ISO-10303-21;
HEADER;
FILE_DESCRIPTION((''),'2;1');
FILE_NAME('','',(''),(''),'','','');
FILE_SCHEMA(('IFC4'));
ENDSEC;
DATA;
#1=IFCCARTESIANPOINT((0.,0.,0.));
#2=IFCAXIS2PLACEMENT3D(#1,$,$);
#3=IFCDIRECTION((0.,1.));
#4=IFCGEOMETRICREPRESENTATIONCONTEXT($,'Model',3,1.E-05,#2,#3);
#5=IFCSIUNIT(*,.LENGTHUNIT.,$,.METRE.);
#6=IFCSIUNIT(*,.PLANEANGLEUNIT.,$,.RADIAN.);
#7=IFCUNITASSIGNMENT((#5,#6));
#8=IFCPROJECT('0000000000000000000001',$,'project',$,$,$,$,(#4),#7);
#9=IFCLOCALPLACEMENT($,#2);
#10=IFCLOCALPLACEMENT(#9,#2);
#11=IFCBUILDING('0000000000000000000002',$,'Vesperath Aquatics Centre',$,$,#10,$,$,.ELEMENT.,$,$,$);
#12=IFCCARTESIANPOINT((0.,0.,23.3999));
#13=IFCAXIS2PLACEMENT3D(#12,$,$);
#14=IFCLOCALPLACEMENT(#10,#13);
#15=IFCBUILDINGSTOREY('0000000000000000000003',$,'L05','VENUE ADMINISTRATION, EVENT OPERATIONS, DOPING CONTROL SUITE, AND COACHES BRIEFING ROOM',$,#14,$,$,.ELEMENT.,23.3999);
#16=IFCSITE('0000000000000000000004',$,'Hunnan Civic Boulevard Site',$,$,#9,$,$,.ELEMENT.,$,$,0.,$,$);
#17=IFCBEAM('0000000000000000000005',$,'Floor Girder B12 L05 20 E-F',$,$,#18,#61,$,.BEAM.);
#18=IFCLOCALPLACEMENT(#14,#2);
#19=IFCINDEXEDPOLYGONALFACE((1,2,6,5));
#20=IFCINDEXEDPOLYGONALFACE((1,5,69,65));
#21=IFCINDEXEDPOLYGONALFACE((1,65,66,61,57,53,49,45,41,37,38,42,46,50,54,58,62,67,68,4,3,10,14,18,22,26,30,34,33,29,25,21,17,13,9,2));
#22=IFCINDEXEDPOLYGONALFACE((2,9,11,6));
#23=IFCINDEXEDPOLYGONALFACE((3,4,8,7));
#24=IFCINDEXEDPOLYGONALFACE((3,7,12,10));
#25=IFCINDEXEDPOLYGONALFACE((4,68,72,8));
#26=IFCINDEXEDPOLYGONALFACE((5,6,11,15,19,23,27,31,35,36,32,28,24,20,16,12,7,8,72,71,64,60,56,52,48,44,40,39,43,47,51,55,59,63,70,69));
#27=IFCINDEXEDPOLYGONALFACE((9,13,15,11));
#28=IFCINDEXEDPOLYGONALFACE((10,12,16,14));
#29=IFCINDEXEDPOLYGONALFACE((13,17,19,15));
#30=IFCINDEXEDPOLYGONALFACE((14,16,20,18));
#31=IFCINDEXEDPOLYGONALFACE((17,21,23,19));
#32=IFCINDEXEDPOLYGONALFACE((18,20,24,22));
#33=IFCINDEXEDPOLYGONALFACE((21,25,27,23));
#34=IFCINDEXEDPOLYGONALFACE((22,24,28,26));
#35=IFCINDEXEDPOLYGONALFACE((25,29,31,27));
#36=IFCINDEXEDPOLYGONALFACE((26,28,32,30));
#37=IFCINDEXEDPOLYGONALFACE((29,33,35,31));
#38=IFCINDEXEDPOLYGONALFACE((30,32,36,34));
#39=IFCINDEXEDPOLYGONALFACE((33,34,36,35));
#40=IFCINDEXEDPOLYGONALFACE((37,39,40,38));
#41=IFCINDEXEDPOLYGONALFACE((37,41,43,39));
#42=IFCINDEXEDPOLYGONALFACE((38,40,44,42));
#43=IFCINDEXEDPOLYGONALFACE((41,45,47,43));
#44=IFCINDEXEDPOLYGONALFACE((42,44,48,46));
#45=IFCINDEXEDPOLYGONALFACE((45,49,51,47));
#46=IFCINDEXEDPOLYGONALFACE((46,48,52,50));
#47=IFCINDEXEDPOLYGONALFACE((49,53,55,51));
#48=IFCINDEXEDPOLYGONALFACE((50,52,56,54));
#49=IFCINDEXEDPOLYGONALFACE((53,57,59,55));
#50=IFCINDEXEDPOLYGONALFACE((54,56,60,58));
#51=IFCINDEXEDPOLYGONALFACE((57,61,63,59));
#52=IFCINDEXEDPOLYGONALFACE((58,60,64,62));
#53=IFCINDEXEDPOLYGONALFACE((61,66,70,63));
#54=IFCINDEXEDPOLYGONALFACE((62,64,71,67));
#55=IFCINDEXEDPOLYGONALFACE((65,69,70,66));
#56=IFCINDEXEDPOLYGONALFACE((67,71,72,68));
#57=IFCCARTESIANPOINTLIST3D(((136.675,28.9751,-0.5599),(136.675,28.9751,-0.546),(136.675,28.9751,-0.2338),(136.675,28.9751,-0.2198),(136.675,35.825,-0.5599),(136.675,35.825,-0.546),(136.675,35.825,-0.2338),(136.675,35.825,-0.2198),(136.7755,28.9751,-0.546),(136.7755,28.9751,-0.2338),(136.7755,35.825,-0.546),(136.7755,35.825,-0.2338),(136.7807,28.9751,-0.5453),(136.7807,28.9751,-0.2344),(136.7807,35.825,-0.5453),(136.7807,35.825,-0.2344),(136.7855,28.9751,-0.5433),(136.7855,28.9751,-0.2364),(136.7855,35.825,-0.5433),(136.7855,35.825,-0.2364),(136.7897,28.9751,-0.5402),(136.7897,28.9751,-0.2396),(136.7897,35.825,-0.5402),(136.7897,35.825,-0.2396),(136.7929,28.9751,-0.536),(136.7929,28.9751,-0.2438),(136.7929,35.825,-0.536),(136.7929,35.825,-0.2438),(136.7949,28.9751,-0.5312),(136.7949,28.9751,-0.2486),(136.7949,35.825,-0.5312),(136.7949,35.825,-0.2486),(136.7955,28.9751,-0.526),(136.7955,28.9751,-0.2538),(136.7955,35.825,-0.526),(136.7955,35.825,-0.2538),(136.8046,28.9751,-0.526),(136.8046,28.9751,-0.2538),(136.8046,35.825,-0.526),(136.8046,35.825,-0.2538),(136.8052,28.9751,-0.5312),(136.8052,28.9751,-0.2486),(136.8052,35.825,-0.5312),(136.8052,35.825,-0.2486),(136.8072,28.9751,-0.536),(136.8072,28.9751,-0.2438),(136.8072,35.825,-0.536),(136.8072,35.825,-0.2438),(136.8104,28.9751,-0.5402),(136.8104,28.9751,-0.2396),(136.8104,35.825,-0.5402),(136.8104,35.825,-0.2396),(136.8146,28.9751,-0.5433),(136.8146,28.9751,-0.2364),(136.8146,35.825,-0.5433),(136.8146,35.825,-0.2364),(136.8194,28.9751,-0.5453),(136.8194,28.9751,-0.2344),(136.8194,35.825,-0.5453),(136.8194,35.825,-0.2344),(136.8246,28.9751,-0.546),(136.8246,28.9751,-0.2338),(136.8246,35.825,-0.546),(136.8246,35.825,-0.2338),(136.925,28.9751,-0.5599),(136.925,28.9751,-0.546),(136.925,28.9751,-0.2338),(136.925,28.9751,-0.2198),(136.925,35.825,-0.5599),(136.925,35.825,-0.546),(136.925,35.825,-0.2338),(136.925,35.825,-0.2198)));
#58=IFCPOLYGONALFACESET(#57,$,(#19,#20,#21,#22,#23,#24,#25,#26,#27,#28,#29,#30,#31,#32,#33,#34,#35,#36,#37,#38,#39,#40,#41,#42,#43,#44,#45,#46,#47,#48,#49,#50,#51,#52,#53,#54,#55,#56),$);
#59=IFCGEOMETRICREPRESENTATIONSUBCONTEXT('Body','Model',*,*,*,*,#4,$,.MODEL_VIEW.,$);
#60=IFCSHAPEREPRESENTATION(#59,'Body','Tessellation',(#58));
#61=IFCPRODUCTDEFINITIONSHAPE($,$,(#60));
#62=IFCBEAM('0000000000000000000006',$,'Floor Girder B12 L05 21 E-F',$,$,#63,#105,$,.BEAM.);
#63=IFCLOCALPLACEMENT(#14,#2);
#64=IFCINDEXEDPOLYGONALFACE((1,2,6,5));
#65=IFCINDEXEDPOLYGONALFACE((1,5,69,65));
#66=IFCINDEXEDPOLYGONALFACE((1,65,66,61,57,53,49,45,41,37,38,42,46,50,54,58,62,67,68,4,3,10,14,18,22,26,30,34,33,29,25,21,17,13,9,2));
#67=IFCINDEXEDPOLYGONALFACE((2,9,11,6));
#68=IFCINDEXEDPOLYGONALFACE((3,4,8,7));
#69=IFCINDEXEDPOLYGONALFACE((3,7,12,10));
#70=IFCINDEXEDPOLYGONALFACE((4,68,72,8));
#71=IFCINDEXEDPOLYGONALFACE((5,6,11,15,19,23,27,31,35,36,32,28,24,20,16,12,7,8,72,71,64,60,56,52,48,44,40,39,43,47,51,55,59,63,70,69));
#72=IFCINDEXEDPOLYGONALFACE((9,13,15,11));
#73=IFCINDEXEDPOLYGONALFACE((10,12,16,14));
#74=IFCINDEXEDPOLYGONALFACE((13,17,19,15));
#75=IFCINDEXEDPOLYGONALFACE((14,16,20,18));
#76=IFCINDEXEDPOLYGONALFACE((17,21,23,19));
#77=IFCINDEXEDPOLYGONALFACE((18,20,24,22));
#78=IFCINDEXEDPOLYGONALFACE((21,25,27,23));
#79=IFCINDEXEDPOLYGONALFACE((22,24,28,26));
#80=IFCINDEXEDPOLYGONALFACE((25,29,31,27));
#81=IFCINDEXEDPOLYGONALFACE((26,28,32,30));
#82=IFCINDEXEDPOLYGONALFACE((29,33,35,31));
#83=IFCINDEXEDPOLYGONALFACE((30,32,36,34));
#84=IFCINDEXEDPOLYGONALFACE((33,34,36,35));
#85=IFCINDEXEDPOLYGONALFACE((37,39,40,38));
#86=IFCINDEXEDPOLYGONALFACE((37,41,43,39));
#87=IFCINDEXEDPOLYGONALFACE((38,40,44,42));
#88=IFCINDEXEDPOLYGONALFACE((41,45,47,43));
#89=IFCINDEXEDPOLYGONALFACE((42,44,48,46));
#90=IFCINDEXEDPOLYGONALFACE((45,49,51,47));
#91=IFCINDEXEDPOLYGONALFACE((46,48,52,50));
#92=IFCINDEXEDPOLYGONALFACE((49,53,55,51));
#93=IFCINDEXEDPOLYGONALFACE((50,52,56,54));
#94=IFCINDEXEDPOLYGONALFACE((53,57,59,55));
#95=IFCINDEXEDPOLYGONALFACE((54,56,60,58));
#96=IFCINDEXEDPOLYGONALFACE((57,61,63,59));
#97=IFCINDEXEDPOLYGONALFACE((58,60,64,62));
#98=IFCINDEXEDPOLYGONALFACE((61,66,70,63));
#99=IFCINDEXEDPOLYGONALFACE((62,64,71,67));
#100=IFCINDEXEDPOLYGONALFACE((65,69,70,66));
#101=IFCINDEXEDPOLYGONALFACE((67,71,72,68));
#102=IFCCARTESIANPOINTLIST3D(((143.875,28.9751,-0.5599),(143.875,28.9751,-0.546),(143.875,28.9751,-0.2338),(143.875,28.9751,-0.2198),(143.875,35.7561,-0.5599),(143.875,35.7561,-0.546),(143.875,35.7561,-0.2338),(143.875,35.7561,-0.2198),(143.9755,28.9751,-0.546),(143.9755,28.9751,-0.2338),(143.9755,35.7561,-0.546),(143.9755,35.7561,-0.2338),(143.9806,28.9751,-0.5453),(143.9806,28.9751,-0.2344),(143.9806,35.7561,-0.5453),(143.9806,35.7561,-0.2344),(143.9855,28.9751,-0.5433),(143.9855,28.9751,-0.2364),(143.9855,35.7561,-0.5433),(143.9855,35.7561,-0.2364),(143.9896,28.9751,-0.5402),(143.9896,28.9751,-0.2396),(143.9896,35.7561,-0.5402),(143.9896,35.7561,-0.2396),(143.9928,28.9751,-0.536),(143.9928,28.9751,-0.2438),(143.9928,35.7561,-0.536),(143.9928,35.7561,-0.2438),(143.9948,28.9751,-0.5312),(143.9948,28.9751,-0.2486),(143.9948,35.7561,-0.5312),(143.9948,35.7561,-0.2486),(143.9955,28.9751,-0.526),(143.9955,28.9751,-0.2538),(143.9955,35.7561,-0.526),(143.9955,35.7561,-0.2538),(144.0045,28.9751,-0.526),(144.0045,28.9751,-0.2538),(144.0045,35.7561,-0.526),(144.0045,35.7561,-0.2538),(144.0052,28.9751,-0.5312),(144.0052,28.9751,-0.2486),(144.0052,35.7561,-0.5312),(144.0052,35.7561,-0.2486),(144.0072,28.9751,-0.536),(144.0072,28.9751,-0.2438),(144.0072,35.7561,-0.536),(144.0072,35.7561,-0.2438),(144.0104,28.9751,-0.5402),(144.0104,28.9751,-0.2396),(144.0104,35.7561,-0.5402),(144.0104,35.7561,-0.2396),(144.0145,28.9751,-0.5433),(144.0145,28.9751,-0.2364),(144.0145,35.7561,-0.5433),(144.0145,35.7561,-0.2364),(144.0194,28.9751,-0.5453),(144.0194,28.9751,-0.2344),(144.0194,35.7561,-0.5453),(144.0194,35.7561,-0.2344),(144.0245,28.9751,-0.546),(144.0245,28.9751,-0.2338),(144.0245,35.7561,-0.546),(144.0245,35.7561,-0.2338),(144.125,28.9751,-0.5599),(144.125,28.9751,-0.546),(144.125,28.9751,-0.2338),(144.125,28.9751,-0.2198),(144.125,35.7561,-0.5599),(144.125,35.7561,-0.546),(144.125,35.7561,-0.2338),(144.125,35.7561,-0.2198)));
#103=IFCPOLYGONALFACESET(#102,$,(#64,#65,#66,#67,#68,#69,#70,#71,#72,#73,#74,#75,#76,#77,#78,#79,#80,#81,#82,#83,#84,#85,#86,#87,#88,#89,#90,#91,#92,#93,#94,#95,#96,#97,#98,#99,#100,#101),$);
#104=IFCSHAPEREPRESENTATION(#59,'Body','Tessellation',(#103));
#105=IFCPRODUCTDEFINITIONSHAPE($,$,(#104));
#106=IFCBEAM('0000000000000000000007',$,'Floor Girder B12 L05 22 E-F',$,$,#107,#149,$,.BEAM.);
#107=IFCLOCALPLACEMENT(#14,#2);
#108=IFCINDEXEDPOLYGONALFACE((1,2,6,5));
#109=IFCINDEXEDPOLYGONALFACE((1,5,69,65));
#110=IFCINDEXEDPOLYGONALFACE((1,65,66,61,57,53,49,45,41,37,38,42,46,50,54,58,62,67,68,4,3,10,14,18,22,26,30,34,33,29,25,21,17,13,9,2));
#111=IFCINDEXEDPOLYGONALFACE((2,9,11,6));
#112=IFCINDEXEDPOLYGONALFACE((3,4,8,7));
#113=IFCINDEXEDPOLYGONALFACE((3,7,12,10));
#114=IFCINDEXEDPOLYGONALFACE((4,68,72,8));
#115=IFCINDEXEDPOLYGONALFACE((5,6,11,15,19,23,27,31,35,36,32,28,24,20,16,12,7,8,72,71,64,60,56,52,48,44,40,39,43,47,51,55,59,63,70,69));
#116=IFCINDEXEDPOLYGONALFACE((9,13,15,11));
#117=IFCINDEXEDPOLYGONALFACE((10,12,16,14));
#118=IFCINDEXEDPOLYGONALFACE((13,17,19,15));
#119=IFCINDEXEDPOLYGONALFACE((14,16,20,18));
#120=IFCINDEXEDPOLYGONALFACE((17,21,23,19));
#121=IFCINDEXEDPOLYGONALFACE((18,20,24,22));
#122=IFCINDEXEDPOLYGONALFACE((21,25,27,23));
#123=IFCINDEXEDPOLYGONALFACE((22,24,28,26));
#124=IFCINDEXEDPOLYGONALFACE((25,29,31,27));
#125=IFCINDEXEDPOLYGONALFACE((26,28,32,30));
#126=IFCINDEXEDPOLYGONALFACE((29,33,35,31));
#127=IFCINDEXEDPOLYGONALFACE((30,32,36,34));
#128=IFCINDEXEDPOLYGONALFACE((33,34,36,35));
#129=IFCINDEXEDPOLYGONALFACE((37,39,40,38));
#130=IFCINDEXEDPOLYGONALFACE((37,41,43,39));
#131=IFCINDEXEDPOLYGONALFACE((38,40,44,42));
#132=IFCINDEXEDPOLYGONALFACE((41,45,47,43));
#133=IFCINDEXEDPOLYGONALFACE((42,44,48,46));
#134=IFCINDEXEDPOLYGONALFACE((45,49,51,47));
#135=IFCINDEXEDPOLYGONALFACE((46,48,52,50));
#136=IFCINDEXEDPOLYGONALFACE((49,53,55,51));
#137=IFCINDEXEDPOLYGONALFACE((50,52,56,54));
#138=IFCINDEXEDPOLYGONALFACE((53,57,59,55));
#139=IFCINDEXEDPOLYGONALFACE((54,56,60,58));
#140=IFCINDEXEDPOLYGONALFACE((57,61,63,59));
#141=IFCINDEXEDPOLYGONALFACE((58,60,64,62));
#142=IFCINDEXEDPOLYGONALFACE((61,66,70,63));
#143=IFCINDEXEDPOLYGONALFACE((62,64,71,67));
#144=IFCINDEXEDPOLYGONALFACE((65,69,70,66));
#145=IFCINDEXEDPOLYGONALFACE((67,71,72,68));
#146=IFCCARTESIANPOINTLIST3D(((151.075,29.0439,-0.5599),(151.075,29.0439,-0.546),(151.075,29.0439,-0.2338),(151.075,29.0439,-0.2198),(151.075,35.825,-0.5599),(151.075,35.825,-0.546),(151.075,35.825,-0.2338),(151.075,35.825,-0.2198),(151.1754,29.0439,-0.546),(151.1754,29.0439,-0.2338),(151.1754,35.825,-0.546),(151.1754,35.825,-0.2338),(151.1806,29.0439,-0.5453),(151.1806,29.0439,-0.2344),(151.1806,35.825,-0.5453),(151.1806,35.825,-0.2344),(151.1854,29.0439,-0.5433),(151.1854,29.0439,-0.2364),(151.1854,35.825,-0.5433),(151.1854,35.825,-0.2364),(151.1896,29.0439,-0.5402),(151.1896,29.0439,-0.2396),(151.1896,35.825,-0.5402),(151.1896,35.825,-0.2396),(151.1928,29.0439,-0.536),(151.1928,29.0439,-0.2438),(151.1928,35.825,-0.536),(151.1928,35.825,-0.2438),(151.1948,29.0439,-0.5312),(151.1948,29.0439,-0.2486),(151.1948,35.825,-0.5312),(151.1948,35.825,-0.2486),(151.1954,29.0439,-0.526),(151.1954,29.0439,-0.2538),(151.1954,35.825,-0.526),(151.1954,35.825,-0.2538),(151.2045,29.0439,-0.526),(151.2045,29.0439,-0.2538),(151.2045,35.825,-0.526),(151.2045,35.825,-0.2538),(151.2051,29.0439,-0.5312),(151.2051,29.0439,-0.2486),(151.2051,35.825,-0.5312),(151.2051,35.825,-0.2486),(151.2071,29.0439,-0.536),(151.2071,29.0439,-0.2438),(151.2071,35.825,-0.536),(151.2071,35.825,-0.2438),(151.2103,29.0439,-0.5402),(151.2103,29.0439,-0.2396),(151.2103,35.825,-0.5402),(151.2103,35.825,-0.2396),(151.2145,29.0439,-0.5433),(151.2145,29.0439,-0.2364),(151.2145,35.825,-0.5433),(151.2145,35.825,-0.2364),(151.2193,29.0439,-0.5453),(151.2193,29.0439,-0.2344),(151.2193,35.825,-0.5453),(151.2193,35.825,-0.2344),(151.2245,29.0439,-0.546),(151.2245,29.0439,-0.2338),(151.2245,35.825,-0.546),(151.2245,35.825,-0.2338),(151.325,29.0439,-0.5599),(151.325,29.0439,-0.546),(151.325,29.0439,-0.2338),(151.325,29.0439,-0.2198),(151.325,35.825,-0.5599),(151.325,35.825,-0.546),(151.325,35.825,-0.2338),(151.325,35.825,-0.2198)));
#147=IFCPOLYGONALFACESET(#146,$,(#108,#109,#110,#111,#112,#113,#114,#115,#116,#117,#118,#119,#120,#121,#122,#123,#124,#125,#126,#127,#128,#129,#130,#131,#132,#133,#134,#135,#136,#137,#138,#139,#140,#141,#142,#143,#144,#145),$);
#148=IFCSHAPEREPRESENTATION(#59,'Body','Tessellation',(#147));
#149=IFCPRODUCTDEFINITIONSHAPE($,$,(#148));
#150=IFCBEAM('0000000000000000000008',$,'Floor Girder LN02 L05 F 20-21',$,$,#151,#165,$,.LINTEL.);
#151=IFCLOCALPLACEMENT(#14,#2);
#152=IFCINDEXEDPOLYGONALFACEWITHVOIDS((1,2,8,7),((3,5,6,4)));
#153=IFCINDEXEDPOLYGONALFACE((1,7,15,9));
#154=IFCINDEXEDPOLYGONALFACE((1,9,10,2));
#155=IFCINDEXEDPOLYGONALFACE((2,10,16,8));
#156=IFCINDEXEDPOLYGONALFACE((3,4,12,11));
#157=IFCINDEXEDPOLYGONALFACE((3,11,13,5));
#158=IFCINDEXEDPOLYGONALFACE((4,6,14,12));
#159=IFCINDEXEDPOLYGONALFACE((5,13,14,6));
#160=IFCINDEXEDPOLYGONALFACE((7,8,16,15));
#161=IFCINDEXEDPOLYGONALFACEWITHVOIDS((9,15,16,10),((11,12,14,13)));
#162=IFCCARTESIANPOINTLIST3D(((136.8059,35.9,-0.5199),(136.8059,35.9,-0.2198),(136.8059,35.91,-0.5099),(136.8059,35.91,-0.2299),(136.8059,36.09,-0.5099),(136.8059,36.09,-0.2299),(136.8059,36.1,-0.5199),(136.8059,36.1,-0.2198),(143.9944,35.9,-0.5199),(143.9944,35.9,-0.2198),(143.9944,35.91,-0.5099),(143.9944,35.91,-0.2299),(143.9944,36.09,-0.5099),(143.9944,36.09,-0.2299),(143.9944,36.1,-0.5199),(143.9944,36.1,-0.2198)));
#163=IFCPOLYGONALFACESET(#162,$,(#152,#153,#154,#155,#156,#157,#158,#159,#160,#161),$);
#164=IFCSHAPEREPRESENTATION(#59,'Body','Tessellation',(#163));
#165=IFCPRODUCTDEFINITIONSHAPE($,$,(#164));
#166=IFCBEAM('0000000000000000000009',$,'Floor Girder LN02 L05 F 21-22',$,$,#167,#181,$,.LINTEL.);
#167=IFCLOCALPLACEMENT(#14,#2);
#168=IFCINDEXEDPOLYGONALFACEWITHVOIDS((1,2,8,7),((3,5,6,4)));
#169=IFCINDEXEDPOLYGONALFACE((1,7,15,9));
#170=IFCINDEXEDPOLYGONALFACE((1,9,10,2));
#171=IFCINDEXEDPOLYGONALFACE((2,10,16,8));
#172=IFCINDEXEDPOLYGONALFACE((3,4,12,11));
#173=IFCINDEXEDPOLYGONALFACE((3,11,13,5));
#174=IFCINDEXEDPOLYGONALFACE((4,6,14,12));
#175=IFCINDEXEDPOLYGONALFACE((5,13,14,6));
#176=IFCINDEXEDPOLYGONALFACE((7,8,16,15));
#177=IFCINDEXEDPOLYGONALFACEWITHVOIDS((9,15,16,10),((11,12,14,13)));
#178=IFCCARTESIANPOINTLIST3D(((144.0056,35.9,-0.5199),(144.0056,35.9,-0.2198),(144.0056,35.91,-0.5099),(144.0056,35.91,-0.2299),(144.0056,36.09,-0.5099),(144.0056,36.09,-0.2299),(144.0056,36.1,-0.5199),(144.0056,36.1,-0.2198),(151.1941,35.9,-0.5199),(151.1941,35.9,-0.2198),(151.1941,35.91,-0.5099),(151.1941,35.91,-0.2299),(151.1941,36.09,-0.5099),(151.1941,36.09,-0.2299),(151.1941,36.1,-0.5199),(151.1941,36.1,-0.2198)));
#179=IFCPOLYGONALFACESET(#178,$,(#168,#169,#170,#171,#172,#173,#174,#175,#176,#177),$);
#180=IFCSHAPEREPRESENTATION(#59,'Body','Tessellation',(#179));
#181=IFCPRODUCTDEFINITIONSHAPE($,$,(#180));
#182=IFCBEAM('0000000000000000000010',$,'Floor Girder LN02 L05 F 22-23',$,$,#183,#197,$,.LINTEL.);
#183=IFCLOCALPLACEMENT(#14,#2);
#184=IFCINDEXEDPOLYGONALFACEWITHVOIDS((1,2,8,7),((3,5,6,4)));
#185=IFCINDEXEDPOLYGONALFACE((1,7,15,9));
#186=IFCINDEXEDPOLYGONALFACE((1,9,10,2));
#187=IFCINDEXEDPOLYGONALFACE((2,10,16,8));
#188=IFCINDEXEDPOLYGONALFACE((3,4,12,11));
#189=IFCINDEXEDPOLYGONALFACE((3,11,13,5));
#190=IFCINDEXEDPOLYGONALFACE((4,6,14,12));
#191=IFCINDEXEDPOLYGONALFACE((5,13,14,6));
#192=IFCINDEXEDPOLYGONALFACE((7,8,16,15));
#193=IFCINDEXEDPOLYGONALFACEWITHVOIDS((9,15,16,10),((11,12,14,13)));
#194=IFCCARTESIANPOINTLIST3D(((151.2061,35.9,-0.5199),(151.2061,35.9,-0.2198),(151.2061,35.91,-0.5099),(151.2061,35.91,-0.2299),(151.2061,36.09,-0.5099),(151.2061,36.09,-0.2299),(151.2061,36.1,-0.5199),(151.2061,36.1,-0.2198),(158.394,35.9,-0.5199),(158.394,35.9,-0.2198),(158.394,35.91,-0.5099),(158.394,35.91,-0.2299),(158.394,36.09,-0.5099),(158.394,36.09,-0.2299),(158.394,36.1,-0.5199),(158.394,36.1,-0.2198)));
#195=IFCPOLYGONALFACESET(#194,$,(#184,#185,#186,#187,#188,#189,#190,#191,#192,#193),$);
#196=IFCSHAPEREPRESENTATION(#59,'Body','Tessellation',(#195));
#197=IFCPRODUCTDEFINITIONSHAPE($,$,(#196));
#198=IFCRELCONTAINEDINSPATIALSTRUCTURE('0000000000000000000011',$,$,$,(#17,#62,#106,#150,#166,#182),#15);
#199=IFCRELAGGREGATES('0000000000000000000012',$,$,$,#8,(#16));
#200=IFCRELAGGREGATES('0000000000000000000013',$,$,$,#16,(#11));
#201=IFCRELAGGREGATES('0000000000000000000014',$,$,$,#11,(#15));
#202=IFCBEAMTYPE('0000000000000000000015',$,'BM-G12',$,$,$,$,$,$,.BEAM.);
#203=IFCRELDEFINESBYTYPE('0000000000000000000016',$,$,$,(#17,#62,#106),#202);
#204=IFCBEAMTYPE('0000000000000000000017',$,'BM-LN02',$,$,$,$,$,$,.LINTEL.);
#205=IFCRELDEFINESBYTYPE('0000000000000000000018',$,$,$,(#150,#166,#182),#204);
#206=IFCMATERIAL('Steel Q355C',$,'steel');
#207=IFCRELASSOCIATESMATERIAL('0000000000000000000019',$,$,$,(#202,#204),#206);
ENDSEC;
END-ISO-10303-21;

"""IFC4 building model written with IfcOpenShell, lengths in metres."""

from ifc_helpers import new_model, si_unit, direction, frame, origin, origin_2d, place, context, subcontext, project, spatial, hollow_rectangle, i_section, extrude, material, material_profile, profile_set, type_object, element, save


model = new_model("IFC4")

# Units and contexts
model_context = context("Model", 3, precision=1e-05, world=origin(), true_north=direction((0.0, 1.0)))
body_context = subcontext(model_context, "Body", "Model", "MODEL_VIEW")
ifc_project = project(units=[si_unit("LENGTHUNIT", "METRE"), si_unit("PLANEANGLEUNIT", "RADIAN")], contexts=[model_context])

# Site, building, storey
site_placement = place(None, origin())
site = spatial("IfcSite", under=ifc_project, at=site_placement, Name="Hunnan Civic Boulevard Site", CompositionType="ELEMENT", RefElevation=0.0)
building_placement = place(site_placement, origin())
building = spatial("IfcBuilding", under=site, at=building_placement, Name="Vesperath Aquatics Centre", CompositionType="ELEMENT")
storey_placement = place(building_placement, frame((0.0, 0.0, 23.3999)))
storey = spatial("IfcBuildingStorey", under=building, at=storey_placement, Name="L05", Description="VENUE ADMINISTRATION, EVENT OPERATIONS, DOPING CONTROL SUITE, AND COACHES BRIEFING ROOM", CompositionType="ELEMENT", Elevation=23.3999)

# Shared definitions
ifc_material_1 = material(Name="Steel Q355C", Category="steel")

# Beams
ifc_material_profile_1 = material_profile(ifc_material_1, i_section(OverallWidth=0.25, OverallDepth=0.3401, WebThickness=0.009, FlangeThickness=0.0139, FilletRadius=0.02, at=origin_2d()), Name="HM 340x250x9x14")
ifc_profile_set_1 = profile_set([ifc_material_profile_1], Name="Steel Q355C")
beam_type_1 = type_object("IfcBeamType", Name="BM-G12", PredefinedType="BEAM", material=ifc_profile_set_1)
beam_1_placement = place(storey_placement, frame((136.8, 28.9751, -0.3899), z_axis=(0.0, 1.0, 0.0), x_axis=(-1.0, 0.0, 0.0)))
element("IfcBeam", 1, at=beam_1_placement, inside=storey, type_object=beam_type_1, Name="Floor Girder B12 L05 20 E-F", PredefinedType="BEAM", context=body_context, shape_type="SweptSolid", body=[
    extrude(i_section(OverallWidth=0.25, OverallDepth=0.3401, WebThickness=0.009, FlangeThickness=0.0139, FilletRadius=0.02, at=origin_2d()), origin(), (0.0, 0.0, 1.0), 6.8499),
])
for number, where, z_axis, x_axis, name in (
    (2, (144.0, 28.9751, -0.3899), (0.0, 1.0, 0.0), (-1.0, 0.0, 0.0), "Floor Girder B12 L05 21 E-F"),
    (3, (151.2, 29.0439, -0.3899), (0.0, 1.0, 0.0), (-1.0, 0.0, 0.0), "Floor Girder B12 L05 22 E-F"),
):
    element("IfcBeam", number, at=place(storey_placement, frame(where, z_axis=z_axis, x_axis=x_axis)), inside=storey, type_object=beam_type_1, Name=name, PredefinedType="BEAM", context=body_context, shape_type="SweptSolid", body=[
        extrude(i_section(OverallWidth=0.25, OverallDepth=0.3401, WebThickness=0.009, FlangeThickness=0.0139, FilletRadius=0.02, at=origin_2d()), origin(), (0.0, 0.0, 1.0), 6.781),
    ])
ifc_material_profile_2 = material_profile(ifc_material_1, hollow_rectangle(XDim=0.2, YDim=0.3, WallThickness=0.01, at=origin_2d()), Name="RHS 300x200x10")
ifc_profile_set_2 = profile_set([ifc_material_profile_2], Name="Steel Q355C")
beam_type_2 = type_object("IfcBeamType", Name="BM-LN02", PredefinedType="LINTEL", material=ifc_profile_set_2)
for number, where, z_axis, x_axis, name in (
    (4, (136.8059, 36.0, -0.3699), (1.0, 0.0, 0.0), (0.0, 1.0, 0.0), "Floor Girder LN02 L05 F 20-21"),
    (5, (144.0056, 36.0, -0.3699), (1.0, 0.0, 0.0), (0.0, 1.0, 0.0), "Floor Girder LN02 L05 F 21-22"),
):
    element("IfcBeam", number, at=place(storey_placement, frame(where, z_axis=z_axis, x_axis=x_axis)), inside=storey, type_object=beam_type_2, Name=name, PredefinedType="LINTEL", context=body_context, shape_type="SweptSolid", body=[
        extrude(hollow_rectangle(XDim=0.2, YDim=0.3, WallThickness=0.01, at=origin_2d()), origin(), (0.0, 0.0, 1.0), 7.1885),
    ])
beam_2_placement = place(storey_placement, frame((151.2061, 36.0, -0.3699), z_axis=(1.0, 0.0, 0.0), x_axis=(0.0, 1.0, 0.0)))
element("IfcBeam", 6, at=beam_2_placement, inside=storey, type_object=beam_type_2, Name="Floor Girder LN02 L05 F 22-23", PredefinedType="LINTEL", context=body_context, shape_type="SweptSolid", body=[
    extrude(hollow_rectangle(XDim=0.2, YDim=0.3, WallThickness=0.01, at=origin_2d()), origin(), (0.0, 0.0, 1.0), 7.188),
])

save(model, "model.ifc")
